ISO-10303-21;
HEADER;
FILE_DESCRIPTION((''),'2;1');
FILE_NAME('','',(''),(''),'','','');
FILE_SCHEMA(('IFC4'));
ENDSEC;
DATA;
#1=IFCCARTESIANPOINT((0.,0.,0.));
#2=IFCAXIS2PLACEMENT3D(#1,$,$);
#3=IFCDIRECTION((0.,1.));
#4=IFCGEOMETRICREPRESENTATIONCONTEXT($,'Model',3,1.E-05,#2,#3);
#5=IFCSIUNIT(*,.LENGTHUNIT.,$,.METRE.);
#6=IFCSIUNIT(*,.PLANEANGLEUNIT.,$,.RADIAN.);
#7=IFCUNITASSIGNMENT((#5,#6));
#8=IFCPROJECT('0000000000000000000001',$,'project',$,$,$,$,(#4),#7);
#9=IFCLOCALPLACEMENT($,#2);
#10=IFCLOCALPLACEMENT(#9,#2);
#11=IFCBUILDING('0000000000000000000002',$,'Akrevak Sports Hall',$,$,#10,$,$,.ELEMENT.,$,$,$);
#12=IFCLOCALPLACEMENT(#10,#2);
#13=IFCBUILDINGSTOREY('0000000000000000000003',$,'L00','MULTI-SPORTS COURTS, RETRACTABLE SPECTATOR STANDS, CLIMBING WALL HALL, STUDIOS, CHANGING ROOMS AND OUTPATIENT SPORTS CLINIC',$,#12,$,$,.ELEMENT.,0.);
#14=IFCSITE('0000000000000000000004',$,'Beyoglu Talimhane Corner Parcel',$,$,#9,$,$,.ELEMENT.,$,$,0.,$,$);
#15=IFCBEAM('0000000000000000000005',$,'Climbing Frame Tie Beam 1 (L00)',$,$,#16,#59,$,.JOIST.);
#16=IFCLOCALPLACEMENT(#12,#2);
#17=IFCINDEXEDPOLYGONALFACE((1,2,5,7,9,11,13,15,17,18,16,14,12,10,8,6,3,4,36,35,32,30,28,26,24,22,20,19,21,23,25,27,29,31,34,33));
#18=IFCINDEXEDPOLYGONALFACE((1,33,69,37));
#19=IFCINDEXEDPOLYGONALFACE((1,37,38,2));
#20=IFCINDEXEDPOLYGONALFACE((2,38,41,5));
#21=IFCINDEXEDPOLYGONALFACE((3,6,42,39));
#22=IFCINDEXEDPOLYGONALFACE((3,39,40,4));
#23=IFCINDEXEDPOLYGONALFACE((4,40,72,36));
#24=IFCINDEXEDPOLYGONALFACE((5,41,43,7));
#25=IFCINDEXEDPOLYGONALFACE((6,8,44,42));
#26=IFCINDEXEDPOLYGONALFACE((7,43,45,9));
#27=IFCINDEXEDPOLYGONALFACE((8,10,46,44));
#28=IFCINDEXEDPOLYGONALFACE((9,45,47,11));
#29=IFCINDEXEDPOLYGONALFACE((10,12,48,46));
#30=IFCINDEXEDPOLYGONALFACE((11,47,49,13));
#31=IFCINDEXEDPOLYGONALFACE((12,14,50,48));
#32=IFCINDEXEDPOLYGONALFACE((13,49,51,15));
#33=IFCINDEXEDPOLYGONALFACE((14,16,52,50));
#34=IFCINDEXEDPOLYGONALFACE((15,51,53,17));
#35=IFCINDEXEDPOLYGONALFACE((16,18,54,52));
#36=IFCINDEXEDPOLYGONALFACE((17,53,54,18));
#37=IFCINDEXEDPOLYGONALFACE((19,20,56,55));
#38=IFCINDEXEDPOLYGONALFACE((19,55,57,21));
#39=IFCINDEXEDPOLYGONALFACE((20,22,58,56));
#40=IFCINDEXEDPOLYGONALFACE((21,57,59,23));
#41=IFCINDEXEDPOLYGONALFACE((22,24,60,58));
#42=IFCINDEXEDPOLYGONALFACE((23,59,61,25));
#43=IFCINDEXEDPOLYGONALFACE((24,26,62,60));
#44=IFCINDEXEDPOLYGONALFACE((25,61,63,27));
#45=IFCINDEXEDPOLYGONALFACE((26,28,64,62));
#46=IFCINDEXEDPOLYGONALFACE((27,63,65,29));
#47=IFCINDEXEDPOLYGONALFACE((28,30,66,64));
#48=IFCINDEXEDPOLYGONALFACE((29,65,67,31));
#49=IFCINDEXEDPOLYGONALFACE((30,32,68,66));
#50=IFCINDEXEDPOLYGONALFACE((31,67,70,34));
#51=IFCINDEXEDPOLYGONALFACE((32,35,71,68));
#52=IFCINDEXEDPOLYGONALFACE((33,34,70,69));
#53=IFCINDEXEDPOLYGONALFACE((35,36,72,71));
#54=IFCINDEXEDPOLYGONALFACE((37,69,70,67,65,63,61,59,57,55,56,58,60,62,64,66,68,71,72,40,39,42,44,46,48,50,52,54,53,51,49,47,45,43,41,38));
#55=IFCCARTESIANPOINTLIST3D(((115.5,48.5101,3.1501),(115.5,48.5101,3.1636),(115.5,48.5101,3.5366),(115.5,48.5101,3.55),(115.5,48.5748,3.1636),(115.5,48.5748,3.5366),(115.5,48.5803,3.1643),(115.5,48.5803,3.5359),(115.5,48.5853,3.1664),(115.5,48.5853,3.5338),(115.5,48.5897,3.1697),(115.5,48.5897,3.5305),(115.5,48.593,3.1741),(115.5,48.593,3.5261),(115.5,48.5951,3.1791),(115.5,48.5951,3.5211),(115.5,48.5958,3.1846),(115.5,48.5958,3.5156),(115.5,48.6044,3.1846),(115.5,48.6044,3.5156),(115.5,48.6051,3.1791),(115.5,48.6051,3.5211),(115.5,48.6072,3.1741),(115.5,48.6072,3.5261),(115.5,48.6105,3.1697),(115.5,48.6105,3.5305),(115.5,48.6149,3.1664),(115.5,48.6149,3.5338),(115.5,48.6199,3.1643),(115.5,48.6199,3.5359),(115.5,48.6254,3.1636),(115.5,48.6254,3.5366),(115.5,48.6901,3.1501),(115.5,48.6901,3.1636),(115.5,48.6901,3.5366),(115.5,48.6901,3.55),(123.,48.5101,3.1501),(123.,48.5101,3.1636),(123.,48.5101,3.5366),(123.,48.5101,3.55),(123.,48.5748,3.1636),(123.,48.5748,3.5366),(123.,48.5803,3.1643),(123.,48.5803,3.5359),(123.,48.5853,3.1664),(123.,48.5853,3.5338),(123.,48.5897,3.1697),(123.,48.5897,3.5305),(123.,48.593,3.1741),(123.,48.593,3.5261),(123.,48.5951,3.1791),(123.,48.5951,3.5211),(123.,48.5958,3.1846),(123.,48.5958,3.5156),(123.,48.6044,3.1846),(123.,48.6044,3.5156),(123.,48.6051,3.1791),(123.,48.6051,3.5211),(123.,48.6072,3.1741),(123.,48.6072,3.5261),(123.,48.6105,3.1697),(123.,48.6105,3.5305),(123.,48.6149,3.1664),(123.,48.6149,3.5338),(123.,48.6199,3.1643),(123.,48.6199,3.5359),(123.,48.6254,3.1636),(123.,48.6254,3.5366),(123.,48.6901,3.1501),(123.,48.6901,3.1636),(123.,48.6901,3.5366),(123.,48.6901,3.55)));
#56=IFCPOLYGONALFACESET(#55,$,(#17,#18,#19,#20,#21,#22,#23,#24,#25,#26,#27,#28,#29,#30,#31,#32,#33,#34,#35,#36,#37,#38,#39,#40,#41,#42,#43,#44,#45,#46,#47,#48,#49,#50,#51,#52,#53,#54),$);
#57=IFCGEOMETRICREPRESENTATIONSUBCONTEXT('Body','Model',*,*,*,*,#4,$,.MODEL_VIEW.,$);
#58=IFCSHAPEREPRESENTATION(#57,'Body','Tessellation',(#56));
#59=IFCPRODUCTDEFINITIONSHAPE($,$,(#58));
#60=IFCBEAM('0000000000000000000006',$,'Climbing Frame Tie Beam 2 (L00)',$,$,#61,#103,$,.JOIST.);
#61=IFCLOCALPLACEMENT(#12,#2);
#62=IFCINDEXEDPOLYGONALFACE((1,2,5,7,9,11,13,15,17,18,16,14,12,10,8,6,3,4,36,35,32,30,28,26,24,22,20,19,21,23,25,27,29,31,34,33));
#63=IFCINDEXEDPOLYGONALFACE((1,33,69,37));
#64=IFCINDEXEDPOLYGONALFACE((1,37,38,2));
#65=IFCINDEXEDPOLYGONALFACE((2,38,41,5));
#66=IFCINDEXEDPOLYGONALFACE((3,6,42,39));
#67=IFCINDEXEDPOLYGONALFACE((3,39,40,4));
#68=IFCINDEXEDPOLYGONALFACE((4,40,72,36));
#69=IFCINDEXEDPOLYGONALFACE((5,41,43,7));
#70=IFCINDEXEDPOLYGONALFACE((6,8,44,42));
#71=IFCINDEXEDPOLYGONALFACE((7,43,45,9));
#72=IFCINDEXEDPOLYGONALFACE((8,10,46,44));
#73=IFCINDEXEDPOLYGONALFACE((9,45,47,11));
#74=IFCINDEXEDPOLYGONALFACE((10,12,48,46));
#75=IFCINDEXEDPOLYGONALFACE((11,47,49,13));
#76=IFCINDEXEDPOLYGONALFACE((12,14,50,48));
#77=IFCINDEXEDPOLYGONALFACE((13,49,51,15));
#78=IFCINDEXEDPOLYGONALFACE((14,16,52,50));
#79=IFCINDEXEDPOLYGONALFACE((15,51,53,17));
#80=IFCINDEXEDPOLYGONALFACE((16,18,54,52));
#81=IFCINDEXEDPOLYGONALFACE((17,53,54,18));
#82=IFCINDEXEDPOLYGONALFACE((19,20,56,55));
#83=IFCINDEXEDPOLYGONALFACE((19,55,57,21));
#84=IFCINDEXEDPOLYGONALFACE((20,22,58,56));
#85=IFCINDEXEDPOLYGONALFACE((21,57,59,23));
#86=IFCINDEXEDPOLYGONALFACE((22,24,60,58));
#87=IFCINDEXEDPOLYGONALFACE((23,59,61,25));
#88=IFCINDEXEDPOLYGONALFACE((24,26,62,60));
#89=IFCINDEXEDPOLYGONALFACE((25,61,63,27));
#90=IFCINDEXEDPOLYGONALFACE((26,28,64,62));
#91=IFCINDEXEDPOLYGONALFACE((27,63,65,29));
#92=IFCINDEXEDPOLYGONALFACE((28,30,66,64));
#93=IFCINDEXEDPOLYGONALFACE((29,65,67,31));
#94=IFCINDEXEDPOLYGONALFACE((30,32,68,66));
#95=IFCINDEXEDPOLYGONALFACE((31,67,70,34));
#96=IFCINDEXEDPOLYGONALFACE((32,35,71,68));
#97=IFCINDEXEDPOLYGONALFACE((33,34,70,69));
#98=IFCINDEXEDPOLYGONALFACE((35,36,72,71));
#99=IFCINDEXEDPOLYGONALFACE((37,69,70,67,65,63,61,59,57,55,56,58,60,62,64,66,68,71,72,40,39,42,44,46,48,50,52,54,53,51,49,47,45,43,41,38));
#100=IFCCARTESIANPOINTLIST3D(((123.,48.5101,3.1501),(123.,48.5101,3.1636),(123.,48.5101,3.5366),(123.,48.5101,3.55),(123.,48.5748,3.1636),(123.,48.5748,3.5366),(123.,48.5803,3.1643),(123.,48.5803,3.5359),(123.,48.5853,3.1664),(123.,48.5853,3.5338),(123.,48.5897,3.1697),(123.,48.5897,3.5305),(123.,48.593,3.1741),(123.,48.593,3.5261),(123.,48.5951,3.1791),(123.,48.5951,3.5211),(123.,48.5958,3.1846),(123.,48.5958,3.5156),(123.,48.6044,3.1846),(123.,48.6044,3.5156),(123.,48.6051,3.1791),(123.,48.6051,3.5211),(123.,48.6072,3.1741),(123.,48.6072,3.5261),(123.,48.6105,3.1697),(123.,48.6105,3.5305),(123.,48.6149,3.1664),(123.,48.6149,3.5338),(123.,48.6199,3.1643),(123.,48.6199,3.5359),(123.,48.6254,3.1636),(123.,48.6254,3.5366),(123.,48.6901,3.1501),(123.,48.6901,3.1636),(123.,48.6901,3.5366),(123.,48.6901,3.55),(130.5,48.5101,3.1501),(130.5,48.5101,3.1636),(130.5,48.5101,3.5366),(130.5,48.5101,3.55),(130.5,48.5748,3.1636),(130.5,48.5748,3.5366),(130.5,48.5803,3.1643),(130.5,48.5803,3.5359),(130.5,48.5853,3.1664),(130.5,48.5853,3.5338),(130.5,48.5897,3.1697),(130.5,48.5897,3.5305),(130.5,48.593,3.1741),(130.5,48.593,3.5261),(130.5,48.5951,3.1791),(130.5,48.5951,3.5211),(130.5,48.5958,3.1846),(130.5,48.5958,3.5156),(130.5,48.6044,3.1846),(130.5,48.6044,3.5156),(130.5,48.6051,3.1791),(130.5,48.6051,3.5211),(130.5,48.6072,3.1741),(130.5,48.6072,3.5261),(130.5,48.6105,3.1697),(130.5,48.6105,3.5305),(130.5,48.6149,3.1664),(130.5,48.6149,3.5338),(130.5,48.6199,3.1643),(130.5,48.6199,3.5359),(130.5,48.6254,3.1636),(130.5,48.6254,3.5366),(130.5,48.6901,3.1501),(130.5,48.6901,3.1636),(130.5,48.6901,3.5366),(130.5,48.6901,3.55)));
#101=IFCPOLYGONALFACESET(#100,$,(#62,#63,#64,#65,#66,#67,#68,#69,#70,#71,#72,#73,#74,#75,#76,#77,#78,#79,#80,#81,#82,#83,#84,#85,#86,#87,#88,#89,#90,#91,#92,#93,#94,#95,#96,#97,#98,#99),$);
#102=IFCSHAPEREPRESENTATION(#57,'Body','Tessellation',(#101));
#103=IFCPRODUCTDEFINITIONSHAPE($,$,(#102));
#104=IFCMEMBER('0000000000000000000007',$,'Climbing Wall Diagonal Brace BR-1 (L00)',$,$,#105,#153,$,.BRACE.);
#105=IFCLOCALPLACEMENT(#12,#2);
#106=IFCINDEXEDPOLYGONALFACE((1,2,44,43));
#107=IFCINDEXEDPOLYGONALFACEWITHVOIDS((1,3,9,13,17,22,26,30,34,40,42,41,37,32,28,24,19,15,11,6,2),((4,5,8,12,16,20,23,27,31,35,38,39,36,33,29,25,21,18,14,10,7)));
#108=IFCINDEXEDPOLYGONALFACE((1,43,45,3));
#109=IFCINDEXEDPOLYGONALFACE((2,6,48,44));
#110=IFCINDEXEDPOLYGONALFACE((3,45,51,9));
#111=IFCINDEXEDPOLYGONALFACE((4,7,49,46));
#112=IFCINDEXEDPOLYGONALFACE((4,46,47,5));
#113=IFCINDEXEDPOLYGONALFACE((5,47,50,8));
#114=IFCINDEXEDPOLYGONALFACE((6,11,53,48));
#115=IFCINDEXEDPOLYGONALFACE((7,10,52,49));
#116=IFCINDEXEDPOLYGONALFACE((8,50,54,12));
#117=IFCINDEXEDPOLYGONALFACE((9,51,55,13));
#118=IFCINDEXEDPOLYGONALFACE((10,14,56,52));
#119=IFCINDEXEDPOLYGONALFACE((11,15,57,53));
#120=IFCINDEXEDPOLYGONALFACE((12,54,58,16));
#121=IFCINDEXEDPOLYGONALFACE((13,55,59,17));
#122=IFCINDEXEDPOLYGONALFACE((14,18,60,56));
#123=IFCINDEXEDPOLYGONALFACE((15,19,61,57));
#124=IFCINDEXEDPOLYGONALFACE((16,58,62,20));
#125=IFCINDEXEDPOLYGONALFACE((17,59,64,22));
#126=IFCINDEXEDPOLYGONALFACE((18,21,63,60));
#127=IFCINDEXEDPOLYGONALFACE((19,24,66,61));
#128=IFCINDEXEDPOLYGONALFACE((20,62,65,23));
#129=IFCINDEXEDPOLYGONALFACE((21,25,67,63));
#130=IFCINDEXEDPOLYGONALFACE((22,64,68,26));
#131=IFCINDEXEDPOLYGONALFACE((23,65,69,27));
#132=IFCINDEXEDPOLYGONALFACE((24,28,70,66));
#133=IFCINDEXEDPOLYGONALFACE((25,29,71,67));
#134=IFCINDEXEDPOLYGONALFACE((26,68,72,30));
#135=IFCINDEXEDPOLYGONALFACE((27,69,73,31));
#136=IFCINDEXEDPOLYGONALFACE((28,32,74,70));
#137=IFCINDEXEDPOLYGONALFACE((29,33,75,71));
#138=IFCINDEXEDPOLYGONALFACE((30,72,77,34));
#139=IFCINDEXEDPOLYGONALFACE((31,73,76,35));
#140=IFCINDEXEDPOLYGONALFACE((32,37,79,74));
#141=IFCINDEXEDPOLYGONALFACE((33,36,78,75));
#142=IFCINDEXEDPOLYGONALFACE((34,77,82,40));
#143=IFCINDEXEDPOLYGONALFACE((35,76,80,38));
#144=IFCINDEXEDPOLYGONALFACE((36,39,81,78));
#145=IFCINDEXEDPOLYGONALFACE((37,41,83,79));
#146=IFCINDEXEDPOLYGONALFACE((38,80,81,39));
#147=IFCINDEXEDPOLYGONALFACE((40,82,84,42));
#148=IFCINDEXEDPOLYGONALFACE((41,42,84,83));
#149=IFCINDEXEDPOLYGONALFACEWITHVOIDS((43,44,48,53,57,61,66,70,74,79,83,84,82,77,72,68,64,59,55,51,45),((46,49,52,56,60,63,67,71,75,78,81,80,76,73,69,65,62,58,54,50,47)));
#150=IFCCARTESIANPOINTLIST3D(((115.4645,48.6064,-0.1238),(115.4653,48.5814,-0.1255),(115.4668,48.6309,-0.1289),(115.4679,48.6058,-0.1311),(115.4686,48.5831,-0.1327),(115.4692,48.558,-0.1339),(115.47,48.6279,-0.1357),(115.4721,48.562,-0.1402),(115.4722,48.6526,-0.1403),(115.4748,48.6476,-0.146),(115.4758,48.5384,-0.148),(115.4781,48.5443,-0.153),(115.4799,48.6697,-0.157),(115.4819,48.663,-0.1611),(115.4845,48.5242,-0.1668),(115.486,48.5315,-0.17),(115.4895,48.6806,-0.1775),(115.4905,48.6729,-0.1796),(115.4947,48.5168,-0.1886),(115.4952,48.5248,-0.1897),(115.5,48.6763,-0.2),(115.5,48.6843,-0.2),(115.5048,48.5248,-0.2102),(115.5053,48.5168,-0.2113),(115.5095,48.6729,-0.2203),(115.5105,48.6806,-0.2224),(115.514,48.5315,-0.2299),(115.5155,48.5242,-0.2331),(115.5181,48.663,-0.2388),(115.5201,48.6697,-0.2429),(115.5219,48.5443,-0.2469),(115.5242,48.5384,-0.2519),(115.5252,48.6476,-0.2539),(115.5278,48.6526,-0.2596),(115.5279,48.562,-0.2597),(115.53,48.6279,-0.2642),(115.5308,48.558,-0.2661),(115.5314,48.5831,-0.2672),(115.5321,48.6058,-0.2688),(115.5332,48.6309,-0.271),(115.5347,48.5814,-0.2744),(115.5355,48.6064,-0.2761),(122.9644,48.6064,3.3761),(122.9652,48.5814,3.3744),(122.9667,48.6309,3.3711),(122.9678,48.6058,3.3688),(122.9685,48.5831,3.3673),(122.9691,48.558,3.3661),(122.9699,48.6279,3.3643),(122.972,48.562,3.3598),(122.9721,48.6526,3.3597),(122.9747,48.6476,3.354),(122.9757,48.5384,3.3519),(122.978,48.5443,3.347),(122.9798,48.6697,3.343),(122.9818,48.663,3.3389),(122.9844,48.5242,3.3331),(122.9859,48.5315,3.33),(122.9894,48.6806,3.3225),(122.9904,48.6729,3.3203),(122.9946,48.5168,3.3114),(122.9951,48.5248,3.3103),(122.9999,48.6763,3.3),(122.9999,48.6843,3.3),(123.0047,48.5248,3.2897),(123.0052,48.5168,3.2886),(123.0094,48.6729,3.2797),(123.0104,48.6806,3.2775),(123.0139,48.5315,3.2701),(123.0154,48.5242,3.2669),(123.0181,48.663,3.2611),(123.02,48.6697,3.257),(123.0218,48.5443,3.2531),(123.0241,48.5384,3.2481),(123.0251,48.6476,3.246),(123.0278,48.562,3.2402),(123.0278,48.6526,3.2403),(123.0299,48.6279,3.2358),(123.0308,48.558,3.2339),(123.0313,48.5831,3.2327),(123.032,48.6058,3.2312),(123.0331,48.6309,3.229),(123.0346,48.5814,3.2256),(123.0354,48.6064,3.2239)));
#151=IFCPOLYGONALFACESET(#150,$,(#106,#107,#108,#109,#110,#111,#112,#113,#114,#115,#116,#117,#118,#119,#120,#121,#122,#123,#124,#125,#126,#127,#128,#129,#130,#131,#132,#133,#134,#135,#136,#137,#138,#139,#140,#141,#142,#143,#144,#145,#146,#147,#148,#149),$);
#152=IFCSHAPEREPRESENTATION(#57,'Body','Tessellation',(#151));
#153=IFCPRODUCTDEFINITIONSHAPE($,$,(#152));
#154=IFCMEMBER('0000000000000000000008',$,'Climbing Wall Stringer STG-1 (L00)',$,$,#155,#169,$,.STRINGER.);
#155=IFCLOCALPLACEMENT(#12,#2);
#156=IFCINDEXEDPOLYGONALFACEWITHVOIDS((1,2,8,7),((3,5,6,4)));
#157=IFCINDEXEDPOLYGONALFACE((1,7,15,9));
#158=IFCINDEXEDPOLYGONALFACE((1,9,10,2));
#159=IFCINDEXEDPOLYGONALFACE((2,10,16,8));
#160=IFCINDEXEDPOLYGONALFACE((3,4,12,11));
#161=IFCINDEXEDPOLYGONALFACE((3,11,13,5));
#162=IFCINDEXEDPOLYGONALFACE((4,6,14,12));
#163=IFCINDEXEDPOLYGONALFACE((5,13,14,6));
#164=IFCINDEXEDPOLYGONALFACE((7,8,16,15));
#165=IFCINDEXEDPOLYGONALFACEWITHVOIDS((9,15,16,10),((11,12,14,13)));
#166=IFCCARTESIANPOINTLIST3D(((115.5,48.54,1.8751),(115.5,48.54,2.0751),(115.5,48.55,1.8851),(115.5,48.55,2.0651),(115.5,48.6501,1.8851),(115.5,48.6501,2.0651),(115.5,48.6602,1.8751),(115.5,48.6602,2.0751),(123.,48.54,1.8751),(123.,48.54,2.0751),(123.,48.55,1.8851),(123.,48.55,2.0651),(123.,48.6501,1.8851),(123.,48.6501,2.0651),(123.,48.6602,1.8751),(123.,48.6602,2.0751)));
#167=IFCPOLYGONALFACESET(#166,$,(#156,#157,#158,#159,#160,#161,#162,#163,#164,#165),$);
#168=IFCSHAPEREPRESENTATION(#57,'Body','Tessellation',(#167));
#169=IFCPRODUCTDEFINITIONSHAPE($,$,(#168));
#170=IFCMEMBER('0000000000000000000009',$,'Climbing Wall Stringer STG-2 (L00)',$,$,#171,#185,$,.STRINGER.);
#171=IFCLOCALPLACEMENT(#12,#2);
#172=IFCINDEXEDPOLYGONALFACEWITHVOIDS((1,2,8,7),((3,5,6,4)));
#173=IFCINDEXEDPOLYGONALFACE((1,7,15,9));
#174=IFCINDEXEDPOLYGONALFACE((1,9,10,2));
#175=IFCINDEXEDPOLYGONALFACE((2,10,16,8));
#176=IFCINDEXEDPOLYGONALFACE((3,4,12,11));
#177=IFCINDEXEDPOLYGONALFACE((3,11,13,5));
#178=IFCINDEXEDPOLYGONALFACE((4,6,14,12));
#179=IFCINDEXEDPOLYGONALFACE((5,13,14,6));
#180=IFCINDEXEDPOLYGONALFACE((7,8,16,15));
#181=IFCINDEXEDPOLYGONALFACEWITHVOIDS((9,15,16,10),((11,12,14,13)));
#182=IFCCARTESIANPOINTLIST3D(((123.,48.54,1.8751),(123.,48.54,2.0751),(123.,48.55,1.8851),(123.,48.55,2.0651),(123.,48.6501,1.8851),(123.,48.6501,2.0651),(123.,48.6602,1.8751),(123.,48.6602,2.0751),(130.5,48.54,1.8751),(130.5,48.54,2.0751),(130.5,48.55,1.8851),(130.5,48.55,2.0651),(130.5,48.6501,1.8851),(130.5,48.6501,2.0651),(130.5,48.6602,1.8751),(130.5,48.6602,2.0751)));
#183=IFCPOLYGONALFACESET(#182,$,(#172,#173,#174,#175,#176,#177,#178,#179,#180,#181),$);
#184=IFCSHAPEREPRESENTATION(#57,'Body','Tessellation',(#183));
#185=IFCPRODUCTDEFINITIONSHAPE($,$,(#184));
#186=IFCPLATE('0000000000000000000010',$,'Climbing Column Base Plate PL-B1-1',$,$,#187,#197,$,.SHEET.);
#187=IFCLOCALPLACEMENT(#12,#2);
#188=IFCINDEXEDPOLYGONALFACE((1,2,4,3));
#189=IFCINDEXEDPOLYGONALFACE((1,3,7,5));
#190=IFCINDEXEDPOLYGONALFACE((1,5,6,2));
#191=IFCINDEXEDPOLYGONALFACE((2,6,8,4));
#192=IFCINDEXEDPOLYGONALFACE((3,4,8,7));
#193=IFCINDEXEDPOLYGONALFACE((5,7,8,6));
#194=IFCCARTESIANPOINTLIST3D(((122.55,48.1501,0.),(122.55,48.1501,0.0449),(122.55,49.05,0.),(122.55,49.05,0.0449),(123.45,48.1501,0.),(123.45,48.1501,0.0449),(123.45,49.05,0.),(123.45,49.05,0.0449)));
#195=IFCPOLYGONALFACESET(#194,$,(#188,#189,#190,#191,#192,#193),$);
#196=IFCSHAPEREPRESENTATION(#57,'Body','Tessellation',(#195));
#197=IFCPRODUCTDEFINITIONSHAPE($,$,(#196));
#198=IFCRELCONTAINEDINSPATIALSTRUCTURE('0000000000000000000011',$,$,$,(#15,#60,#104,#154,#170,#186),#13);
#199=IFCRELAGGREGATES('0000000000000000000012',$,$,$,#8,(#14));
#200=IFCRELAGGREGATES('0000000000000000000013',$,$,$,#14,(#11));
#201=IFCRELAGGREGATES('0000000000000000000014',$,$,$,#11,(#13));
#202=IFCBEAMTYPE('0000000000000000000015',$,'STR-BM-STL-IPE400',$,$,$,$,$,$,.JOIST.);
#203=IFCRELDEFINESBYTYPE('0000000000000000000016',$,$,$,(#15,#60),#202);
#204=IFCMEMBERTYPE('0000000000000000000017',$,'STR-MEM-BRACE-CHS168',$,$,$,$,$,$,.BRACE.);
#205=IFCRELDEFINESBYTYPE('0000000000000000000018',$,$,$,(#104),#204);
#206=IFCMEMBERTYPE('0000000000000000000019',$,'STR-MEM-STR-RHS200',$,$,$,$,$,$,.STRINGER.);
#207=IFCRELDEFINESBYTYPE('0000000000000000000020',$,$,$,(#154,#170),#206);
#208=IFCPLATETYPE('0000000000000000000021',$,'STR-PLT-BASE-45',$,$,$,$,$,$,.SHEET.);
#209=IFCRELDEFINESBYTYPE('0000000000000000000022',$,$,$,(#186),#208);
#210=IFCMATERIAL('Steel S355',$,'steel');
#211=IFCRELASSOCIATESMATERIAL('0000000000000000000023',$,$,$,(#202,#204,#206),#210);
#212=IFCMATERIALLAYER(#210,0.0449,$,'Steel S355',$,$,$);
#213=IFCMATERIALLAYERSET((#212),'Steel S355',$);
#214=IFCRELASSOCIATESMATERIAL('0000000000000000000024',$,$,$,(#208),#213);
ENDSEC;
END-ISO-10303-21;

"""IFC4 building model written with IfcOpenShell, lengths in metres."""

from ifc_helpers import new_model, si_unit, direction, frame, origin, origin_2d, place, context, subcontext, project, spatial, rectangle, hollow_rectangle, hollow_circle, i_section, extrude, material, layer, layer_set, material_profile, profile_set, type_object, element, save


model = new_model("IFC4")

# Units and contexts
model_context = context("Model", 3, precision=1e-05, world=origin(), true_north=direction((0.0, 1.0)))
body_context = subcontext(model_context, "Body", "Model", "MODEL_VIEW")
ifc_project = project(units=[si_unit("LENGTHUNIT", "METRE"), si_unit("PLANEANGLEUNIT", "RADIAN")], contexts=[model_context])

# Site, building, storey
site_placement = place(None, origin())
site = spatial("IfcSite", under=ifc_project, at=site_placement, Name="Beyoglu Talimhane Corner Parcel", CompositionType="ELEMENT", RefElevation=0.0)
building_placement = place(site_placement, origin())
building = spatial("IfcBuilding", under=site, at=building_placement, Name="Akrevak Sports Hall", CompositionType="ELEMENT")
storey_placement = place(building_placement, origin())
storey = spatial("IfcBuildingStorey", under=building, at=storey_placement, Name="L00", Description="MULTI-SPORTS COURTS, RETRACTABLE SPECTATOR STANDS, CLIMBING WALL HALL, STUDIOS, CHANGING ROOMS AND OUTPATIENT SPORTS CLINIC", CompositionType="ELEMENT", Elevation=0.0)

# Shared definitions
ifc_material_1 = material(Name="Steel S355", Category="steel")

# Beams
ifc_material_profile_1 = material_profile(ifc_material_1, i_section(OverallWidth=0.1799, OverallDepth=0.3999, WebThickness=0.0085, FlangeThickness=0.0134, FilletRadius=0.021, at=origin_2d()), Name="IPE 400", Category="steel")
ifc_profile_set_1 = profile_set([ifc_material_profile_1], Name="Steel S355")
beam_type_1 = type_object("IfcBeamType", Name="STR-BM-STL-IPE400", PredefinedType="JOIST", material=ifc_profile_set_1)
for number, where, z_axis, x_axis, name in (
    (1, (115.5, 48.6001, 3.3501), (1.0, 0.0, 0.0), (0.0, 1.0, 0.0), "Climbing Frame Tie Beam 1 (L00)"),
    (2, (123.0, 48.6001, 3.3501), (1.0, 0.0, 0.0), (0.0, 1.0, 0.0), "Climbing Frame Tie Beam 2 (L00)"),
):
    element("IfcBeam", number, at=place(storey_placement, frame(where, z_axis=z_axis, x_axis=x_axis)), inside=storey, type_object=beam_type_1, Name=name, PredefinedType="JOIST", context=body_context, shape_type="SweptSolid", body=[
        extrude(i_section(OverallWidth=0.1799, OverallDepth=0.3999, WebThickness=0.0085, FlangeThickness=0.0134, FilletRadius=0.021, at=origin_2d()), origin(), (0.0, 0.0, 1.0), 7.5),
    ])

# Members
ifc_material_profile_2 = material_profile(ifc_material_1, hollow_circle(Radius=0.0842, WallThickness=0.0081, at=origin_2d()), Name="CHS 168.3x8", Category="steel")
ifc_profile_set_2 = profile_set([ifc_material_profile_2], Name="Steel S355")
member_type_1 = type_object("IfcMemberType", Name="STR-MEM-BRACE-CHS168", PredefinedType="BRACE", material=ifc_profile_set_2)
member_placement = place(storey_placement, frame((115.5, 48.6001, -0.2), z_axis=(0.906183, 0.0, 0.422885), x_axis=(0.0, 1.0, 0.0)))
element("IfcMember", 3, at=member_placement, inside=storey, type_object=member_type_1, Name="Climbing Wall Diagonal Brace BR-1 (L00)", PredefinedType="BRACE", context=body_context, shape_type="SweptSolid", body=[
    extrude(hollow_circle(Radius=0.0842, WallThickness=0.0081, at=origin_2d()), origin(), (0.0, 0.0, 1.0), 8.2764),
])
ifc_material_profile_3 = material_profile(ifc_material_1, hollow_rectangle(XDim=0.1201, YDim=0.2, WallThickness=0.01, at=origin_2d()), Name="RHS 200x120x10", Category="steel")
ifc_profile_set_3 = profile_set([ifc_material_profile_3], Name="Steel S355")
member_type_2 = type_object("IfcMemberType", Name="STR-MEM-STR-RHS200", PredefinedType="STRINGER", material=ifc_profile_set_3)
for number, where, z_axis, x_axis, name in (
    (4, (115.5, 48.6001, 1.9751), (1.0, 0.0, 0.0), (0.0, 1.0, 0.0), "Climbing Wall Stringer STG-1 (L00)"),
    (5, (123.0, 48.6001, 1.9751), (1.0, 0.0, 0.0), (0.0, 1.0, 0.0), "Climbing Wall Stringer STG-2 (L00)"),
):
    element("IfcMember", number, at=place(storey_placement, frame(where, z_axis=z_axis, x_axis=x_axis)), inside=storey, type_object=member_type_2, Name=name, PredefinedType="STRINGER", context=body_context, shape_type="SweptSolid", body=[
        extrude(hollow_rectangle(XDim=0.1201, YDim=0.2, WallThickness=0.01, at=origin_2d()), origin(), (0.0, 0.0, 1.0), 7.5),
    ])

# Plate
ifc_layer_1 = layer(ifc_material_1, 0.0449, Name="Steel S355")
ifc_layer_set_1 = layer_set([ifc_layer_1], Name="Steel S355")
plate_type_1 = type_object("IfcPlateType", Name="STR-PLT-BASE-45", PredefinedType="SHEET", material=ifc_layer_set_1)
plate_1_placement = place(storey_placement, frame((123.0, 48.6001, 0.0), z_axis=(0.0, 0.0, 1.0), x_axis=(1.0, 0.0, 0.0)))
element("IfcPlate", 6, at=plate_1_placement, inside=storey, type_object=plate_type_1, Name="Climbing Column Base Plate PL-B1-1", PredefinedType="SHEET", context=body_context, shape_type="SweptSolid", body=[
    extrude(rectangle(XDim=0.8999, YDim=0.8999, at=origin_2d()), origin(), (0.0, 0.0, 1.0), 0.0449),
])

save(model, "model.ifc")
